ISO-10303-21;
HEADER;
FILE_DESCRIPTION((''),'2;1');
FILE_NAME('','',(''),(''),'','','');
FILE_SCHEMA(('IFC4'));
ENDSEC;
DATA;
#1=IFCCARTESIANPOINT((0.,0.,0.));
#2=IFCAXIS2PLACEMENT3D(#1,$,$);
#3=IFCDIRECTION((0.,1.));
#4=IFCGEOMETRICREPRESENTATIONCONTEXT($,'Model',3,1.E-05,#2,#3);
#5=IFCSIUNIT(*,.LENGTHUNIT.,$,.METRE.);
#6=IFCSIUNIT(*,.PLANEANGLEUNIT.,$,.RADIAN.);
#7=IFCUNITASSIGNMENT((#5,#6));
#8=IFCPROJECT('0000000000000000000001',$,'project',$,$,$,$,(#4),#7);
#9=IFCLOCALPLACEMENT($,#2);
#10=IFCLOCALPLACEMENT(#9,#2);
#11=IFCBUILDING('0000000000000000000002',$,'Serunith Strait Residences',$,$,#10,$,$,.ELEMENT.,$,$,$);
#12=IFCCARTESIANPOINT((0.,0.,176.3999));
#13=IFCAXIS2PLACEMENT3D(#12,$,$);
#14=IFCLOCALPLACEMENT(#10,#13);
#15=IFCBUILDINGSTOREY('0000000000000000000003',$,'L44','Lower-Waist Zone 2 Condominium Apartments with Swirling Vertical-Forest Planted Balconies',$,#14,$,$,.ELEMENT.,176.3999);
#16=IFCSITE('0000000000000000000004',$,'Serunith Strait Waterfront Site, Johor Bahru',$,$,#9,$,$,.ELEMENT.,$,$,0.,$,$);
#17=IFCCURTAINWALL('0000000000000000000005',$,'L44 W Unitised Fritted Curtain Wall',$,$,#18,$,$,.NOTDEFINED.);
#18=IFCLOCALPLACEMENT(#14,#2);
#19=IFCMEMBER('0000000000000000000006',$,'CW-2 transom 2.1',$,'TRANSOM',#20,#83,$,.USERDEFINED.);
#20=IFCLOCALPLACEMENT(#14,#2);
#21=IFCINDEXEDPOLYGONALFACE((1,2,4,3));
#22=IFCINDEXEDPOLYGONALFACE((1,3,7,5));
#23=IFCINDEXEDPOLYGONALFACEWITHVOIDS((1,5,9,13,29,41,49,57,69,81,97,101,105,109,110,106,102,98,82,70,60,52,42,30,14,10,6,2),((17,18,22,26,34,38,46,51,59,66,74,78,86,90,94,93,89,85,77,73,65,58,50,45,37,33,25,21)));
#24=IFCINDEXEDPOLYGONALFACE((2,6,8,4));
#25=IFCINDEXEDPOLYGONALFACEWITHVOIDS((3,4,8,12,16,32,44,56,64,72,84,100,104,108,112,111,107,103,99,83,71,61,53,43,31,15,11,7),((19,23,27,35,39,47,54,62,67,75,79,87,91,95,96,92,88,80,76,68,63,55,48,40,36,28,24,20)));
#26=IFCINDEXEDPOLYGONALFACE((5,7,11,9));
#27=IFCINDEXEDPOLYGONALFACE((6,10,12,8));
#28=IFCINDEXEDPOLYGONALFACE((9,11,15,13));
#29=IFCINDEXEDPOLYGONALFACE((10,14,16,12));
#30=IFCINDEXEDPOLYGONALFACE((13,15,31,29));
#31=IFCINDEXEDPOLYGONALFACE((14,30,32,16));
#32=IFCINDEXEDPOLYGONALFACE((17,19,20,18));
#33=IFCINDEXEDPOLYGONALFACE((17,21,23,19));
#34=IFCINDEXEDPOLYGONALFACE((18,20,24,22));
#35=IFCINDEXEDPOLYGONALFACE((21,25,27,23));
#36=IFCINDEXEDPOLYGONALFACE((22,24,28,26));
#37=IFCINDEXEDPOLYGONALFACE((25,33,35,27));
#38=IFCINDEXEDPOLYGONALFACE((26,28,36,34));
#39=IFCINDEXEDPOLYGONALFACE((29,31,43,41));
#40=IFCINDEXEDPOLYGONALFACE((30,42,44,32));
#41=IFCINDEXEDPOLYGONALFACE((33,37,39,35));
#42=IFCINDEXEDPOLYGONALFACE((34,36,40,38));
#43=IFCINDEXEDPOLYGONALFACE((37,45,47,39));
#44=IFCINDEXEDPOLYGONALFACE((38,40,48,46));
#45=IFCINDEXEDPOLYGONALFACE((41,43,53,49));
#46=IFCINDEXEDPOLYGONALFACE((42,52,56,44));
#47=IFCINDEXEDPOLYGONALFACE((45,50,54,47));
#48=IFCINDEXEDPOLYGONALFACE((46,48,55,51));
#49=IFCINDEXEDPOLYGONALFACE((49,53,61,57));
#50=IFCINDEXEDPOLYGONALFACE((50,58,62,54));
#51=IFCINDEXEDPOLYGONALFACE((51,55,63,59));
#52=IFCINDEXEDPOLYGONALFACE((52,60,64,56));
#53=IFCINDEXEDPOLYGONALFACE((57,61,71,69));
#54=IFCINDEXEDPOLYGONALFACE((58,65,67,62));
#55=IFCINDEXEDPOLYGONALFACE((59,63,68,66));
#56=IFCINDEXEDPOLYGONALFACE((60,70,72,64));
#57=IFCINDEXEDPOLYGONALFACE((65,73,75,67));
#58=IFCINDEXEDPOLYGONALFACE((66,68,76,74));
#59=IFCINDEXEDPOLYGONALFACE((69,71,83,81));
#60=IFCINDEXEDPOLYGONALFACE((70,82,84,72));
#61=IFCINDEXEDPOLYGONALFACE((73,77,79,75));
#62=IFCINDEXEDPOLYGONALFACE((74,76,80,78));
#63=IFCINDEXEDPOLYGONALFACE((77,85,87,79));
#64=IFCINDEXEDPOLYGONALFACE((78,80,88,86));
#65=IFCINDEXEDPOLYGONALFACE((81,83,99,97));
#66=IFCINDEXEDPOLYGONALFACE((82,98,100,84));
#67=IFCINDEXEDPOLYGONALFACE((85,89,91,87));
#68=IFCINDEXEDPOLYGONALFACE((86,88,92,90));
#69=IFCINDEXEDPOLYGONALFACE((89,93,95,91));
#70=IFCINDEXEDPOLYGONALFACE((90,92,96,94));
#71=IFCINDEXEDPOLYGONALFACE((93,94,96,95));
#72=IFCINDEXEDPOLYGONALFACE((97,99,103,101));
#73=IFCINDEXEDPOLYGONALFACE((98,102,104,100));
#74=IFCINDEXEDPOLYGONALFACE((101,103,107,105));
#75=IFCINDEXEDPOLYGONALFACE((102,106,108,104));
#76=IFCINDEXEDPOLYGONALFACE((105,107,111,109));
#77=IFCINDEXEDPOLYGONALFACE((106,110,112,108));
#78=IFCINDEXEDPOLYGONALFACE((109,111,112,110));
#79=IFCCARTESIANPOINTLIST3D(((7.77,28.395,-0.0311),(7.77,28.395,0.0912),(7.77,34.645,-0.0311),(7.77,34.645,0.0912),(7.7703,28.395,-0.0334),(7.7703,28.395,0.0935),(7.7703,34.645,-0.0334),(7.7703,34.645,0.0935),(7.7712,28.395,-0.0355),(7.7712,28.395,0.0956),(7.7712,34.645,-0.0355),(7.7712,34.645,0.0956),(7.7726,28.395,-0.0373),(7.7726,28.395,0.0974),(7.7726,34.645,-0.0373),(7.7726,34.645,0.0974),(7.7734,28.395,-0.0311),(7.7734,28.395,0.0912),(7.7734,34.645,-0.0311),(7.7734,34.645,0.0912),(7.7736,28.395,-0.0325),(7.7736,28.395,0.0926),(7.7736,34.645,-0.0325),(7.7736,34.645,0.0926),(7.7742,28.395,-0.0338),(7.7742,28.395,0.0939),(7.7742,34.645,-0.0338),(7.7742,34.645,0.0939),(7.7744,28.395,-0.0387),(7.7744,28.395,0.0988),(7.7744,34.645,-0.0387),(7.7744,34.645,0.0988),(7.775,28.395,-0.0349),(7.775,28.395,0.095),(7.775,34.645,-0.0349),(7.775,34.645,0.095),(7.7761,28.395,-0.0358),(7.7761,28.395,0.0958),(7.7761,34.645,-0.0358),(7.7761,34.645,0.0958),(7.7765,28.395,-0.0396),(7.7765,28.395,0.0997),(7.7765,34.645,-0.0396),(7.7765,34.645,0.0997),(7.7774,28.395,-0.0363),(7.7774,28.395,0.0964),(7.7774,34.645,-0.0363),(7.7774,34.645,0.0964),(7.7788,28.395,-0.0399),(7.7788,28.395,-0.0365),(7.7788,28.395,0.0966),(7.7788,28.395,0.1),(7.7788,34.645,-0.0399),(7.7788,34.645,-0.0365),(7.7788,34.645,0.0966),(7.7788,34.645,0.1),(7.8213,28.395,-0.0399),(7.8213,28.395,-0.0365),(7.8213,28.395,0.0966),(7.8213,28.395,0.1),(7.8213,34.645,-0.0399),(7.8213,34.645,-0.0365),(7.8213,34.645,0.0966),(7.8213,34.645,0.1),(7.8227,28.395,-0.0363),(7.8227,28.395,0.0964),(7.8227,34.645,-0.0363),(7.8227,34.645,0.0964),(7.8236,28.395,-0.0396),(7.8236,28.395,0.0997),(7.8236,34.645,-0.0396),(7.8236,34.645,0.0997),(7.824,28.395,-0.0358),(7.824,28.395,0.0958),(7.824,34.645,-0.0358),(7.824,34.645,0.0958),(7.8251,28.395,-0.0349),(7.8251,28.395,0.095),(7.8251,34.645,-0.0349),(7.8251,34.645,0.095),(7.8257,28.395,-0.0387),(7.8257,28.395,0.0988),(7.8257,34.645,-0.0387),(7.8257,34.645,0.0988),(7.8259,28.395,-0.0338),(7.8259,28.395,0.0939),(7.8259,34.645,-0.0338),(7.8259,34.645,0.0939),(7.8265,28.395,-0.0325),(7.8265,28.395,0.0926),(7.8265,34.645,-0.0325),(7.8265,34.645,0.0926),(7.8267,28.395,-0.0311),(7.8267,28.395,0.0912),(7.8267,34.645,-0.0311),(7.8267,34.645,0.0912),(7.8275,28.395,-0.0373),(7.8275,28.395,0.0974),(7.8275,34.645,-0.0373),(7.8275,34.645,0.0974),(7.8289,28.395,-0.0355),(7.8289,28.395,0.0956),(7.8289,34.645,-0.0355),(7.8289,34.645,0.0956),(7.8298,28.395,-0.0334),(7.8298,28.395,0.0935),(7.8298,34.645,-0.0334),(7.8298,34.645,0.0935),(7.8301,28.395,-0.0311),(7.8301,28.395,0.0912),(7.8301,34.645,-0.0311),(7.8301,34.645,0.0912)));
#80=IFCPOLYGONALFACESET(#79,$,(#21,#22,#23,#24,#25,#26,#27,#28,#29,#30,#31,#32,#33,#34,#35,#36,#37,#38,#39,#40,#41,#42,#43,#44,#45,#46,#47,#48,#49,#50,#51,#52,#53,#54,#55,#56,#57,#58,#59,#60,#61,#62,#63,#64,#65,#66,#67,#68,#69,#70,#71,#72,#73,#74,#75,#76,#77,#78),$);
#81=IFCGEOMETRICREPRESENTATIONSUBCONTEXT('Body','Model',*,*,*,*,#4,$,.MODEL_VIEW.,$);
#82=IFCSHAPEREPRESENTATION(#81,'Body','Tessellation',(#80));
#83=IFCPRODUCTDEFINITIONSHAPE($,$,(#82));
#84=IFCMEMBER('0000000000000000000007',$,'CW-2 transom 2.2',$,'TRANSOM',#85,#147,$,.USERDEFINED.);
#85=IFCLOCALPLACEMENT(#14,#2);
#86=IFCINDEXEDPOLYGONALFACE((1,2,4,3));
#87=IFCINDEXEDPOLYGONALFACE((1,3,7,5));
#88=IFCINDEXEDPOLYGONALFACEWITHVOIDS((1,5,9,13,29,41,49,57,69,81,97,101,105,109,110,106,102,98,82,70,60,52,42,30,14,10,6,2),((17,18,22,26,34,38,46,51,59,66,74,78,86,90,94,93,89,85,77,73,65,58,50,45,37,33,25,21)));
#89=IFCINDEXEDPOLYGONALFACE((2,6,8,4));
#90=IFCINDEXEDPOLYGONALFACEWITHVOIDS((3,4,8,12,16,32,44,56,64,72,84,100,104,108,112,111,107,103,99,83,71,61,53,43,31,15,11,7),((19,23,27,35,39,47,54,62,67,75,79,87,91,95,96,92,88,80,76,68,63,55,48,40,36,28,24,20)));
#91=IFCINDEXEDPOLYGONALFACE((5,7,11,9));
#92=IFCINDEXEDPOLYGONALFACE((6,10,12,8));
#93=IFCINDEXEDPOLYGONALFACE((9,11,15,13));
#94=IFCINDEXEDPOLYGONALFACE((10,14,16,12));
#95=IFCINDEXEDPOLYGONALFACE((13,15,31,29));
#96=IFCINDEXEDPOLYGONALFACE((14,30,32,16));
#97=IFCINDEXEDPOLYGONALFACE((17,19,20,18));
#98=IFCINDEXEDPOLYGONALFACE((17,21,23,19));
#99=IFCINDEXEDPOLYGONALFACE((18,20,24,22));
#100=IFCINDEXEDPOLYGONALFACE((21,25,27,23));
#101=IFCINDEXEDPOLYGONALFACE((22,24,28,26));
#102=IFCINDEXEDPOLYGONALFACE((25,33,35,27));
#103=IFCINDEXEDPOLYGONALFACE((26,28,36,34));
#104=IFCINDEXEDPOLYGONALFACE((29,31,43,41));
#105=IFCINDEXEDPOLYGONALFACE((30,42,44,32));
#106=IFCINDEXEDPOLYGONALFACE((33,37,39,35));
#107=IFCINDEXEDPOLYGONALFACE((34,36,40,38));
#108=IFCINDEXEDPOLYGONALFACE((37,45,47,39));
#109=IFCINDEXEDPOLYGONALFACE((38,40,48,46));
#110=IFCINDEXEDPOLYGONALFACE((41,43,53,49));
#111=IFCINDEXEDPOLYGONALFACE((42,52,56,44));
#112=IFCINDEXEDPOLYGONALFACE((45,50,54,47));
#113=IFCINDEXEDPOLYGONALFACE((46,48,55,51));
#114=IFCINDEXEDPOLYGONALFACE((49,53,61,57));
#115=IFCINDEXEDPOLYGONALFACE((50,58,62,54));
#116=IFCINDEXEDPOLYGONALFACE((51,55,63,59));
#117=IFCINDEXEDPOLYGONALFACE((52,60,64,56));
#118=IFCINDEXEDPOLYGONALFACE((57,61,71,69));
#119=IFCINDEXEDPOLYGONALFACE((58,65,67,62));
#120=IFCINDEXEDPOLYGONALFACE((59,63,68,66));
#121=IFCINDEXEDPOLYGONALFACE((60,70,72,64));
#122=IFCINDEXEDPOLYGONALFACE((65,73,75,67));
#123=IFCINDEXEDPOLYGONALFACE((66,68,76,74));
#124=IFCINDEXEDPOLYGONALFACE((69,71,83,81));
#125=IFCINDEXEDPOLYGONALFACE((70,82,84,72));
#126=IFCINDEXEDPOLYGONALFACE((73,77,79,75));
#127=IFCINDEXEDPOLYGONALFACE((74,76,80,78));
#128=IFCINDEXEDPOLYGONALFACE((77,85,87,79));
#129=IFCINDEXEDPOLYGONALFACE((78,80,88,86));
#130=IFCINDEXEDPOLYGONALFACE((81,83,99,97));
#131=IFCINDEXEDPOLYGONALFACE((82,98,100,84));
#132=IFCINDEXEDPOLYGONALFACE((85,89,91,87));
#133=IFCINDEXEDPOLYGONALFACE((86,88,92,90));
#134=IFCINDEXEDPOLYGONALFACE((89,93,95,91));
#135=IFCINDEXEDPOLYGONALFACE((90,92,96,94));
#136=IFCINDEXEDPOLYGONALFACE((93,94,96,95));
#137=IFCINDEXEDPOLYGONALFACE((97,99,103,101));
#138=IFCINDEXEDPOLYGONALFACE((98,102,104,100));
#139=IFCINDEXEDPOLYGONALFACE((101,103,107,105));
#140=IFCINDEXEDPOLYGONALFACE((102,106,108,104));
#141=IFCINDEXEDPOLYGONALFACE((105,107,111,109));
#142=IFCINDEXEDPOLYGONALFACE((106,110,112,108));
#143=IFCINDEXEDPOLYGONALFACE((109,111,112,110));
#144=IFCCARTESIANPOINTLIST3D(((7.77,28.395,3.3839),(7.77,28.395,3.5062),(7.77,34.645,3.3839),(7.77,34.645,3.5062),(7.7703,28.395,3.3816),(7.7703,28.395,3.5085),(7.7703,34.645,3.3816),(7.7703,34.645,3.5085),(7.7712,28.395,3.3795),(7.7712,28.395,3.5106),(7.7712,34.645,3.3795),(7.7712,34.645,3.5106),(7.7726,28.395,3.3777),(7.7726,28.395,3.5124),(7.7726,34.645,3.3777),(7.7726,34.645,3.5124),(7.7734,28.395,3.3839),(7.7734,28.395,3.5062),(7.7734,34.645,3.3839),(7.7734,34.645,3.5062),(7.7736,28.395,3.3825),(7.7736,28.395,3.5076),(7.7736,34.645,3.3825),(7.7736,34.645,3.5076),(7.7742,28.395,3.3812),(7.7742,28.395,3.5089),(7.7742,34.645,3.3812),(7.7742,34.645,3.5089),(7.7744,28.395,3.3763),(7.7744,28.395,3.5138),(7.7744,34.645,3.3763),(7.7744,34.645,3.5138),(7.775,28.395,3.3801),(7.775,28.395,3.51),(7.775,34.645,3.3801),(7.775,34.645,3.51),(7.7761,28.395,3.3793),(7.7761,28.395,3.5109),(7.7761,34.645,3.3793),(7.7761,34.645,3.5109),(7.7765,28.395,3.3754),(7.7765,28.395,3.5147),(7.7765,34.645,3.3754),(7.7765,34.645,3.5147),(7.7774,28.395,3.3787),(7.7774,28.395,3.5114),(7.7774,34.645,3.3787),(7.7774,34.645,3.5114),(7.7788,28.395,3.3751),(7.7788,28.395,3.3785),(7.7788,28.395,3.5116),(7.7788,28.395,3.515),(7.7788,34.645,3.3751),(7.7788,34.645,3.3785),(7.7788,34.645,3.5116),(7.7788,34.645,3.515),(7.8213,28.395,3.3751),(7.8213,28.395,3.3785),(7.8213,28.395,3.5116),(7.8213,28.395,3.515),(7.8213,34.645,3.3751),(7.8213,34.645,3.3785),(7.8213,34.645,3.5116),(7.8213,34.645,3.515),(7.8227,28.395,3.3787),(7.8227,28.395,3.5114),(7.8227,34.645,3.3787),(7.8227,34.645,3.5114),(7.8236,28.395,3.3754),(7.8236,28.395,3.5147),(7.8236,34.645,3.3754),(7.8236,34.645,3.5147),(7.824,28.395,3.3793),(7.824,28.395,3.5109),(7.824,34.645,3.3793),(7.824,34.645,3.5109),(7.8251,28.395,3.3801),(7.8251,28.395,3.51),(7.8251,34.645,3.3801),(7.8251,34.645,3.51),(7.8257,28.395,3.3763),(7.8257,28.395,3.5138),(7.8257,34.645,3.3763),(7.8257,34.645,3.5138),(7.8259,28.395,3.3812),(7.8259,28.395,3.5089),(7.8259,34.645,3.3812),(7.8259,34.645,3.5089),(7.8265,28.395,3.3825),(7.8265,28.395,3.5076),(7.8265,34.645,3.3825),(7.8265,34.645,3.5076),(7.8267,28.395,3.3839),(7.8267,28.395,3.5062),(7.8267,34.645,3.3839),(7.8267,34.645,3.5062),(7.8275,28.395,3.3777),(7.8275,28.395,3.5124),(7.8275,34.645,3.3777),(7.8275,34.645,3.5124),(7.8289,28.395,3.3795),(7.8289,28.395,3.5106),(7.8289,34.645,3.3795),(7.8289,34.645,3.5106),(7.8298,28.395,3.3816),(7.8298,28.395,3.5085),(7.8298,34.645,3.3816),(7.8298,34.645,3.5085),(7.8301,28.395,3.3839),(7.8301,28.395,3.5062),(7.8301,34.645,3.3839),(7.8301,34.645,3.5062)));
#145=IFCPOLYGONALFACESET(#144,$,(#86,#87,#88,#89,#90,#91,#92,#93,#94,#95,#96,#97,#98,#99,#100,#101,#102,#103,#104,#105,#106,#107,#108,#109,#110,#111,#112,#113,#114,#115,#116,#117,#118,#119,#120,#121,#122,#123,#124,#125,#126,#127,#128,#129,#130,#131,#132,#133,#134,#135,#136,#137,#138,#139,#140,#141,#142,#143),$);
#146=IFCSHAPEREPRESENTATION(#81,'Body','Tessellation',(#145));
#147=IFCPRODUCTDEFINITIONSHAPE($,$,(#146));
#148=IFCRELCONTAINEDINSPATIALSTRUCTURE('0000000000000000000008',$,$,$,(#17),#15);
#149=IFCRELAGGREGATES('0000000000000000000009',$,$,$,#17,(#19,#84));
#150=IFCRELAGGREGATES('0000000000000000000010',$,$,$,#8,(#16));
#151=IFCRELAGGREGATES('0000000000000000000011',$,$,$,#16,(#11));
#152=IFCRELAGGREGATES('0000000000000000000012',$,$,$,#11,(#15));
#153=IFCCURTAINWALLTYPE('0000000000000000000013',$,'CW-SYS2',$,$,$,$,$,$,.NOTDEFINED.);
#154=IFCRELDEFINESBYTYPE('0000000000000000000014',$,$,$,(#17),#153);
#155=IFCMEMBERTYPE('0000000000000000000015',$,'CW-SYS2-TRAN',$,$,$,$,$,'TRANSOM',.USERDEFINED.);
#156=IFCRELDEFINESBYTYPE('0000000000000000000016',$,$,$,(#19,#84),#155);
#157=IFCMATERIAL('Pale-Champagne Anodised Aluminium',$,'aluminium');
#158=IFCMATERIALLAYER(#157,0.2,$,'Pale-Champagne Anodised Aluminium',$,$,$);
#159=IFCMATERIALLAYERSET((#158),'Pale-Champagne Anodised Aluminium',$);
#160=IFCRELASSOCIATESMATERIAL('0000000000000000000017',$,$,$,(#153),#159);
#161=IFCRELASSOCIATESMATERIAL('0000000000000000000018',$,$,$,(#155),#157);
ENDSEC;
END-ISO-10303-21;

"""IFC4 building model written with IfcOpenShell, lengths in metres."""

from ifc_helpers import new_model, si_unit, direction, frame, origin, origin_2d, place, context, subcontext, project, spatial, hollow_rectangle, extrude, source, transform, mapped, material, layer, layer_set, material_profile, profile_set, type_object, element, aggregate, save


model = new_model("IFC4")

# Units and contexts
model_context = context("Model", 3, precision=1e-05, world=origin(), true_north=direction((0.0, 1.0)))
body_context = subcontext(model_context, "Body", "Model", "MODEL_VIEW")
ifc_project = project(units=[si_unit("LENGTHUNIT", "METRE"), si_unit("PLANEANGLEUNIT", "RADIAN")], contexts=[model_context])

# Site, building, storey
site_placement = place(None, origin())
site = spatial("IfcSite", under=ifc_project, at=site_placement, Name="Serunith Strait Waterfront Site, Johor Bahru", CompositionType="ELEMENT", RefElevation=0.0)
building_placement = place(site_placement, origin())
building = spatial("IfcBuilding", under=site, at=building_placement, Name="Serunith Strait Residences", CompositionType="ELEMENT")
storey_placement = place(building_placement, frame((0.0, 0.0, 176.3999)))
storey = spatial("IfcBuildingStorey", under=building, at=storey_placement, Name="L44", Description="Lower-Waist Zone 2 Condominium Apartments with Swirling Vertical-Forest Planted Balconies", CompositionType="ELEMENT", Elevation=176.3999)

# Curtain wall, members
ifc_material_1 = material(Name="Pale-Champagne Anodised Aluminium", Category="aluminium")
ifc_layer_1 = layer(ifc_material_1, 0.2, Name="Pale-Champagne Anodised Aluminium")
ifc_layer_set_1 = layer_set([ifc_layer_1], Name="Pale-Champagne Anodised Aluminium")
curtain_wall_type = type_object("IfcCurtainWallType", Name="CW-SYS2", PredefinedType="NOTDEFINED", material=ifc_layer_set_1)
curtain_wall_placement = place(storey_placement, origin())
curtain_wall = element("IfcCurtainWall", 1, at=curtain_wall_placement, inside=storey, type_object=curtain_wall_type, Name="L44 W Unitised Fritted Curtain Wall", PredefinedType="NOTDEFINED")
ifc_material_profile_1 = material_profile(ifc_material_1, hollow_rectangle(XDim=0.0601, YDim=0.1399, WallThickness=0.0034, InnerFilletRadius=0.0054, OuterFilletRadius=0.0088, at=origin_2d()), Name="ALU 140x60x3.5")
ifc_profile_set_1 = profile_set([ifc_material_profile_1], Name="Pale-Champagne Anodised Aluminium")
member_type_1 = type_object("IfcMemberType", Name="CW-SYS2-TRAN", ElementType="TRANSOM", PredefinedType="USERDEFINED", material=ifc_profile_set_1)
shared_shape_1 = source(origin(), body_context, "Body", "SweptSolid", [
    extrude(hollow_rectangle(XDim=0.0601, YDim=0.1399, WallThickness=0.0034, InnerFilletRadius=0.0054, OuterFilletRadius=0.0088, at=origin_2d()), origin(), (0.0, 0.0, 1.0), 6.25),
])
member_1_placement = place(storey_placement, frame((7.8, 34.645, 0.03), z_axis=(0.0, -1.0, 0.0), x_axis=(1.0, 0.0, 0.0)))
member_1 = element("IfcMember", 2, at=member_1_placement, type_object=member_type_1, Name="CW-2 transom 2.1", ObjectType="TRANSOM", PredefinedType="USERDEFINED", context=body_context, shape_type="MappedRepresentation", body=[
    mapped(shared_shape_1, transform((0.0, 0.0, 0.0), scale=1.0)),
])
member_2_placement = place(storey_placement, frame((7.8, 34.645, 3.4451), z_axis=(0.0, -1.0, 0.0), x_axis=(1.0, 0.0, 0.0)))
member_2 = element("IfcMember", 3, at=member_2_placement, type_object=member_type_1, Name="CW-2 transom 2.2", ObjectType="TRANSOM", PredefinedType="USERDEFINED", context=body_context, shape_type="MappedRepresentation", body=[
    mapped(shared_shape_1, transform((0.0, 0.0, 0.0), scale=1.0)),
])
aggregate(curtain_wall, [member_1, member_2])

save(model, "model.ifc")
